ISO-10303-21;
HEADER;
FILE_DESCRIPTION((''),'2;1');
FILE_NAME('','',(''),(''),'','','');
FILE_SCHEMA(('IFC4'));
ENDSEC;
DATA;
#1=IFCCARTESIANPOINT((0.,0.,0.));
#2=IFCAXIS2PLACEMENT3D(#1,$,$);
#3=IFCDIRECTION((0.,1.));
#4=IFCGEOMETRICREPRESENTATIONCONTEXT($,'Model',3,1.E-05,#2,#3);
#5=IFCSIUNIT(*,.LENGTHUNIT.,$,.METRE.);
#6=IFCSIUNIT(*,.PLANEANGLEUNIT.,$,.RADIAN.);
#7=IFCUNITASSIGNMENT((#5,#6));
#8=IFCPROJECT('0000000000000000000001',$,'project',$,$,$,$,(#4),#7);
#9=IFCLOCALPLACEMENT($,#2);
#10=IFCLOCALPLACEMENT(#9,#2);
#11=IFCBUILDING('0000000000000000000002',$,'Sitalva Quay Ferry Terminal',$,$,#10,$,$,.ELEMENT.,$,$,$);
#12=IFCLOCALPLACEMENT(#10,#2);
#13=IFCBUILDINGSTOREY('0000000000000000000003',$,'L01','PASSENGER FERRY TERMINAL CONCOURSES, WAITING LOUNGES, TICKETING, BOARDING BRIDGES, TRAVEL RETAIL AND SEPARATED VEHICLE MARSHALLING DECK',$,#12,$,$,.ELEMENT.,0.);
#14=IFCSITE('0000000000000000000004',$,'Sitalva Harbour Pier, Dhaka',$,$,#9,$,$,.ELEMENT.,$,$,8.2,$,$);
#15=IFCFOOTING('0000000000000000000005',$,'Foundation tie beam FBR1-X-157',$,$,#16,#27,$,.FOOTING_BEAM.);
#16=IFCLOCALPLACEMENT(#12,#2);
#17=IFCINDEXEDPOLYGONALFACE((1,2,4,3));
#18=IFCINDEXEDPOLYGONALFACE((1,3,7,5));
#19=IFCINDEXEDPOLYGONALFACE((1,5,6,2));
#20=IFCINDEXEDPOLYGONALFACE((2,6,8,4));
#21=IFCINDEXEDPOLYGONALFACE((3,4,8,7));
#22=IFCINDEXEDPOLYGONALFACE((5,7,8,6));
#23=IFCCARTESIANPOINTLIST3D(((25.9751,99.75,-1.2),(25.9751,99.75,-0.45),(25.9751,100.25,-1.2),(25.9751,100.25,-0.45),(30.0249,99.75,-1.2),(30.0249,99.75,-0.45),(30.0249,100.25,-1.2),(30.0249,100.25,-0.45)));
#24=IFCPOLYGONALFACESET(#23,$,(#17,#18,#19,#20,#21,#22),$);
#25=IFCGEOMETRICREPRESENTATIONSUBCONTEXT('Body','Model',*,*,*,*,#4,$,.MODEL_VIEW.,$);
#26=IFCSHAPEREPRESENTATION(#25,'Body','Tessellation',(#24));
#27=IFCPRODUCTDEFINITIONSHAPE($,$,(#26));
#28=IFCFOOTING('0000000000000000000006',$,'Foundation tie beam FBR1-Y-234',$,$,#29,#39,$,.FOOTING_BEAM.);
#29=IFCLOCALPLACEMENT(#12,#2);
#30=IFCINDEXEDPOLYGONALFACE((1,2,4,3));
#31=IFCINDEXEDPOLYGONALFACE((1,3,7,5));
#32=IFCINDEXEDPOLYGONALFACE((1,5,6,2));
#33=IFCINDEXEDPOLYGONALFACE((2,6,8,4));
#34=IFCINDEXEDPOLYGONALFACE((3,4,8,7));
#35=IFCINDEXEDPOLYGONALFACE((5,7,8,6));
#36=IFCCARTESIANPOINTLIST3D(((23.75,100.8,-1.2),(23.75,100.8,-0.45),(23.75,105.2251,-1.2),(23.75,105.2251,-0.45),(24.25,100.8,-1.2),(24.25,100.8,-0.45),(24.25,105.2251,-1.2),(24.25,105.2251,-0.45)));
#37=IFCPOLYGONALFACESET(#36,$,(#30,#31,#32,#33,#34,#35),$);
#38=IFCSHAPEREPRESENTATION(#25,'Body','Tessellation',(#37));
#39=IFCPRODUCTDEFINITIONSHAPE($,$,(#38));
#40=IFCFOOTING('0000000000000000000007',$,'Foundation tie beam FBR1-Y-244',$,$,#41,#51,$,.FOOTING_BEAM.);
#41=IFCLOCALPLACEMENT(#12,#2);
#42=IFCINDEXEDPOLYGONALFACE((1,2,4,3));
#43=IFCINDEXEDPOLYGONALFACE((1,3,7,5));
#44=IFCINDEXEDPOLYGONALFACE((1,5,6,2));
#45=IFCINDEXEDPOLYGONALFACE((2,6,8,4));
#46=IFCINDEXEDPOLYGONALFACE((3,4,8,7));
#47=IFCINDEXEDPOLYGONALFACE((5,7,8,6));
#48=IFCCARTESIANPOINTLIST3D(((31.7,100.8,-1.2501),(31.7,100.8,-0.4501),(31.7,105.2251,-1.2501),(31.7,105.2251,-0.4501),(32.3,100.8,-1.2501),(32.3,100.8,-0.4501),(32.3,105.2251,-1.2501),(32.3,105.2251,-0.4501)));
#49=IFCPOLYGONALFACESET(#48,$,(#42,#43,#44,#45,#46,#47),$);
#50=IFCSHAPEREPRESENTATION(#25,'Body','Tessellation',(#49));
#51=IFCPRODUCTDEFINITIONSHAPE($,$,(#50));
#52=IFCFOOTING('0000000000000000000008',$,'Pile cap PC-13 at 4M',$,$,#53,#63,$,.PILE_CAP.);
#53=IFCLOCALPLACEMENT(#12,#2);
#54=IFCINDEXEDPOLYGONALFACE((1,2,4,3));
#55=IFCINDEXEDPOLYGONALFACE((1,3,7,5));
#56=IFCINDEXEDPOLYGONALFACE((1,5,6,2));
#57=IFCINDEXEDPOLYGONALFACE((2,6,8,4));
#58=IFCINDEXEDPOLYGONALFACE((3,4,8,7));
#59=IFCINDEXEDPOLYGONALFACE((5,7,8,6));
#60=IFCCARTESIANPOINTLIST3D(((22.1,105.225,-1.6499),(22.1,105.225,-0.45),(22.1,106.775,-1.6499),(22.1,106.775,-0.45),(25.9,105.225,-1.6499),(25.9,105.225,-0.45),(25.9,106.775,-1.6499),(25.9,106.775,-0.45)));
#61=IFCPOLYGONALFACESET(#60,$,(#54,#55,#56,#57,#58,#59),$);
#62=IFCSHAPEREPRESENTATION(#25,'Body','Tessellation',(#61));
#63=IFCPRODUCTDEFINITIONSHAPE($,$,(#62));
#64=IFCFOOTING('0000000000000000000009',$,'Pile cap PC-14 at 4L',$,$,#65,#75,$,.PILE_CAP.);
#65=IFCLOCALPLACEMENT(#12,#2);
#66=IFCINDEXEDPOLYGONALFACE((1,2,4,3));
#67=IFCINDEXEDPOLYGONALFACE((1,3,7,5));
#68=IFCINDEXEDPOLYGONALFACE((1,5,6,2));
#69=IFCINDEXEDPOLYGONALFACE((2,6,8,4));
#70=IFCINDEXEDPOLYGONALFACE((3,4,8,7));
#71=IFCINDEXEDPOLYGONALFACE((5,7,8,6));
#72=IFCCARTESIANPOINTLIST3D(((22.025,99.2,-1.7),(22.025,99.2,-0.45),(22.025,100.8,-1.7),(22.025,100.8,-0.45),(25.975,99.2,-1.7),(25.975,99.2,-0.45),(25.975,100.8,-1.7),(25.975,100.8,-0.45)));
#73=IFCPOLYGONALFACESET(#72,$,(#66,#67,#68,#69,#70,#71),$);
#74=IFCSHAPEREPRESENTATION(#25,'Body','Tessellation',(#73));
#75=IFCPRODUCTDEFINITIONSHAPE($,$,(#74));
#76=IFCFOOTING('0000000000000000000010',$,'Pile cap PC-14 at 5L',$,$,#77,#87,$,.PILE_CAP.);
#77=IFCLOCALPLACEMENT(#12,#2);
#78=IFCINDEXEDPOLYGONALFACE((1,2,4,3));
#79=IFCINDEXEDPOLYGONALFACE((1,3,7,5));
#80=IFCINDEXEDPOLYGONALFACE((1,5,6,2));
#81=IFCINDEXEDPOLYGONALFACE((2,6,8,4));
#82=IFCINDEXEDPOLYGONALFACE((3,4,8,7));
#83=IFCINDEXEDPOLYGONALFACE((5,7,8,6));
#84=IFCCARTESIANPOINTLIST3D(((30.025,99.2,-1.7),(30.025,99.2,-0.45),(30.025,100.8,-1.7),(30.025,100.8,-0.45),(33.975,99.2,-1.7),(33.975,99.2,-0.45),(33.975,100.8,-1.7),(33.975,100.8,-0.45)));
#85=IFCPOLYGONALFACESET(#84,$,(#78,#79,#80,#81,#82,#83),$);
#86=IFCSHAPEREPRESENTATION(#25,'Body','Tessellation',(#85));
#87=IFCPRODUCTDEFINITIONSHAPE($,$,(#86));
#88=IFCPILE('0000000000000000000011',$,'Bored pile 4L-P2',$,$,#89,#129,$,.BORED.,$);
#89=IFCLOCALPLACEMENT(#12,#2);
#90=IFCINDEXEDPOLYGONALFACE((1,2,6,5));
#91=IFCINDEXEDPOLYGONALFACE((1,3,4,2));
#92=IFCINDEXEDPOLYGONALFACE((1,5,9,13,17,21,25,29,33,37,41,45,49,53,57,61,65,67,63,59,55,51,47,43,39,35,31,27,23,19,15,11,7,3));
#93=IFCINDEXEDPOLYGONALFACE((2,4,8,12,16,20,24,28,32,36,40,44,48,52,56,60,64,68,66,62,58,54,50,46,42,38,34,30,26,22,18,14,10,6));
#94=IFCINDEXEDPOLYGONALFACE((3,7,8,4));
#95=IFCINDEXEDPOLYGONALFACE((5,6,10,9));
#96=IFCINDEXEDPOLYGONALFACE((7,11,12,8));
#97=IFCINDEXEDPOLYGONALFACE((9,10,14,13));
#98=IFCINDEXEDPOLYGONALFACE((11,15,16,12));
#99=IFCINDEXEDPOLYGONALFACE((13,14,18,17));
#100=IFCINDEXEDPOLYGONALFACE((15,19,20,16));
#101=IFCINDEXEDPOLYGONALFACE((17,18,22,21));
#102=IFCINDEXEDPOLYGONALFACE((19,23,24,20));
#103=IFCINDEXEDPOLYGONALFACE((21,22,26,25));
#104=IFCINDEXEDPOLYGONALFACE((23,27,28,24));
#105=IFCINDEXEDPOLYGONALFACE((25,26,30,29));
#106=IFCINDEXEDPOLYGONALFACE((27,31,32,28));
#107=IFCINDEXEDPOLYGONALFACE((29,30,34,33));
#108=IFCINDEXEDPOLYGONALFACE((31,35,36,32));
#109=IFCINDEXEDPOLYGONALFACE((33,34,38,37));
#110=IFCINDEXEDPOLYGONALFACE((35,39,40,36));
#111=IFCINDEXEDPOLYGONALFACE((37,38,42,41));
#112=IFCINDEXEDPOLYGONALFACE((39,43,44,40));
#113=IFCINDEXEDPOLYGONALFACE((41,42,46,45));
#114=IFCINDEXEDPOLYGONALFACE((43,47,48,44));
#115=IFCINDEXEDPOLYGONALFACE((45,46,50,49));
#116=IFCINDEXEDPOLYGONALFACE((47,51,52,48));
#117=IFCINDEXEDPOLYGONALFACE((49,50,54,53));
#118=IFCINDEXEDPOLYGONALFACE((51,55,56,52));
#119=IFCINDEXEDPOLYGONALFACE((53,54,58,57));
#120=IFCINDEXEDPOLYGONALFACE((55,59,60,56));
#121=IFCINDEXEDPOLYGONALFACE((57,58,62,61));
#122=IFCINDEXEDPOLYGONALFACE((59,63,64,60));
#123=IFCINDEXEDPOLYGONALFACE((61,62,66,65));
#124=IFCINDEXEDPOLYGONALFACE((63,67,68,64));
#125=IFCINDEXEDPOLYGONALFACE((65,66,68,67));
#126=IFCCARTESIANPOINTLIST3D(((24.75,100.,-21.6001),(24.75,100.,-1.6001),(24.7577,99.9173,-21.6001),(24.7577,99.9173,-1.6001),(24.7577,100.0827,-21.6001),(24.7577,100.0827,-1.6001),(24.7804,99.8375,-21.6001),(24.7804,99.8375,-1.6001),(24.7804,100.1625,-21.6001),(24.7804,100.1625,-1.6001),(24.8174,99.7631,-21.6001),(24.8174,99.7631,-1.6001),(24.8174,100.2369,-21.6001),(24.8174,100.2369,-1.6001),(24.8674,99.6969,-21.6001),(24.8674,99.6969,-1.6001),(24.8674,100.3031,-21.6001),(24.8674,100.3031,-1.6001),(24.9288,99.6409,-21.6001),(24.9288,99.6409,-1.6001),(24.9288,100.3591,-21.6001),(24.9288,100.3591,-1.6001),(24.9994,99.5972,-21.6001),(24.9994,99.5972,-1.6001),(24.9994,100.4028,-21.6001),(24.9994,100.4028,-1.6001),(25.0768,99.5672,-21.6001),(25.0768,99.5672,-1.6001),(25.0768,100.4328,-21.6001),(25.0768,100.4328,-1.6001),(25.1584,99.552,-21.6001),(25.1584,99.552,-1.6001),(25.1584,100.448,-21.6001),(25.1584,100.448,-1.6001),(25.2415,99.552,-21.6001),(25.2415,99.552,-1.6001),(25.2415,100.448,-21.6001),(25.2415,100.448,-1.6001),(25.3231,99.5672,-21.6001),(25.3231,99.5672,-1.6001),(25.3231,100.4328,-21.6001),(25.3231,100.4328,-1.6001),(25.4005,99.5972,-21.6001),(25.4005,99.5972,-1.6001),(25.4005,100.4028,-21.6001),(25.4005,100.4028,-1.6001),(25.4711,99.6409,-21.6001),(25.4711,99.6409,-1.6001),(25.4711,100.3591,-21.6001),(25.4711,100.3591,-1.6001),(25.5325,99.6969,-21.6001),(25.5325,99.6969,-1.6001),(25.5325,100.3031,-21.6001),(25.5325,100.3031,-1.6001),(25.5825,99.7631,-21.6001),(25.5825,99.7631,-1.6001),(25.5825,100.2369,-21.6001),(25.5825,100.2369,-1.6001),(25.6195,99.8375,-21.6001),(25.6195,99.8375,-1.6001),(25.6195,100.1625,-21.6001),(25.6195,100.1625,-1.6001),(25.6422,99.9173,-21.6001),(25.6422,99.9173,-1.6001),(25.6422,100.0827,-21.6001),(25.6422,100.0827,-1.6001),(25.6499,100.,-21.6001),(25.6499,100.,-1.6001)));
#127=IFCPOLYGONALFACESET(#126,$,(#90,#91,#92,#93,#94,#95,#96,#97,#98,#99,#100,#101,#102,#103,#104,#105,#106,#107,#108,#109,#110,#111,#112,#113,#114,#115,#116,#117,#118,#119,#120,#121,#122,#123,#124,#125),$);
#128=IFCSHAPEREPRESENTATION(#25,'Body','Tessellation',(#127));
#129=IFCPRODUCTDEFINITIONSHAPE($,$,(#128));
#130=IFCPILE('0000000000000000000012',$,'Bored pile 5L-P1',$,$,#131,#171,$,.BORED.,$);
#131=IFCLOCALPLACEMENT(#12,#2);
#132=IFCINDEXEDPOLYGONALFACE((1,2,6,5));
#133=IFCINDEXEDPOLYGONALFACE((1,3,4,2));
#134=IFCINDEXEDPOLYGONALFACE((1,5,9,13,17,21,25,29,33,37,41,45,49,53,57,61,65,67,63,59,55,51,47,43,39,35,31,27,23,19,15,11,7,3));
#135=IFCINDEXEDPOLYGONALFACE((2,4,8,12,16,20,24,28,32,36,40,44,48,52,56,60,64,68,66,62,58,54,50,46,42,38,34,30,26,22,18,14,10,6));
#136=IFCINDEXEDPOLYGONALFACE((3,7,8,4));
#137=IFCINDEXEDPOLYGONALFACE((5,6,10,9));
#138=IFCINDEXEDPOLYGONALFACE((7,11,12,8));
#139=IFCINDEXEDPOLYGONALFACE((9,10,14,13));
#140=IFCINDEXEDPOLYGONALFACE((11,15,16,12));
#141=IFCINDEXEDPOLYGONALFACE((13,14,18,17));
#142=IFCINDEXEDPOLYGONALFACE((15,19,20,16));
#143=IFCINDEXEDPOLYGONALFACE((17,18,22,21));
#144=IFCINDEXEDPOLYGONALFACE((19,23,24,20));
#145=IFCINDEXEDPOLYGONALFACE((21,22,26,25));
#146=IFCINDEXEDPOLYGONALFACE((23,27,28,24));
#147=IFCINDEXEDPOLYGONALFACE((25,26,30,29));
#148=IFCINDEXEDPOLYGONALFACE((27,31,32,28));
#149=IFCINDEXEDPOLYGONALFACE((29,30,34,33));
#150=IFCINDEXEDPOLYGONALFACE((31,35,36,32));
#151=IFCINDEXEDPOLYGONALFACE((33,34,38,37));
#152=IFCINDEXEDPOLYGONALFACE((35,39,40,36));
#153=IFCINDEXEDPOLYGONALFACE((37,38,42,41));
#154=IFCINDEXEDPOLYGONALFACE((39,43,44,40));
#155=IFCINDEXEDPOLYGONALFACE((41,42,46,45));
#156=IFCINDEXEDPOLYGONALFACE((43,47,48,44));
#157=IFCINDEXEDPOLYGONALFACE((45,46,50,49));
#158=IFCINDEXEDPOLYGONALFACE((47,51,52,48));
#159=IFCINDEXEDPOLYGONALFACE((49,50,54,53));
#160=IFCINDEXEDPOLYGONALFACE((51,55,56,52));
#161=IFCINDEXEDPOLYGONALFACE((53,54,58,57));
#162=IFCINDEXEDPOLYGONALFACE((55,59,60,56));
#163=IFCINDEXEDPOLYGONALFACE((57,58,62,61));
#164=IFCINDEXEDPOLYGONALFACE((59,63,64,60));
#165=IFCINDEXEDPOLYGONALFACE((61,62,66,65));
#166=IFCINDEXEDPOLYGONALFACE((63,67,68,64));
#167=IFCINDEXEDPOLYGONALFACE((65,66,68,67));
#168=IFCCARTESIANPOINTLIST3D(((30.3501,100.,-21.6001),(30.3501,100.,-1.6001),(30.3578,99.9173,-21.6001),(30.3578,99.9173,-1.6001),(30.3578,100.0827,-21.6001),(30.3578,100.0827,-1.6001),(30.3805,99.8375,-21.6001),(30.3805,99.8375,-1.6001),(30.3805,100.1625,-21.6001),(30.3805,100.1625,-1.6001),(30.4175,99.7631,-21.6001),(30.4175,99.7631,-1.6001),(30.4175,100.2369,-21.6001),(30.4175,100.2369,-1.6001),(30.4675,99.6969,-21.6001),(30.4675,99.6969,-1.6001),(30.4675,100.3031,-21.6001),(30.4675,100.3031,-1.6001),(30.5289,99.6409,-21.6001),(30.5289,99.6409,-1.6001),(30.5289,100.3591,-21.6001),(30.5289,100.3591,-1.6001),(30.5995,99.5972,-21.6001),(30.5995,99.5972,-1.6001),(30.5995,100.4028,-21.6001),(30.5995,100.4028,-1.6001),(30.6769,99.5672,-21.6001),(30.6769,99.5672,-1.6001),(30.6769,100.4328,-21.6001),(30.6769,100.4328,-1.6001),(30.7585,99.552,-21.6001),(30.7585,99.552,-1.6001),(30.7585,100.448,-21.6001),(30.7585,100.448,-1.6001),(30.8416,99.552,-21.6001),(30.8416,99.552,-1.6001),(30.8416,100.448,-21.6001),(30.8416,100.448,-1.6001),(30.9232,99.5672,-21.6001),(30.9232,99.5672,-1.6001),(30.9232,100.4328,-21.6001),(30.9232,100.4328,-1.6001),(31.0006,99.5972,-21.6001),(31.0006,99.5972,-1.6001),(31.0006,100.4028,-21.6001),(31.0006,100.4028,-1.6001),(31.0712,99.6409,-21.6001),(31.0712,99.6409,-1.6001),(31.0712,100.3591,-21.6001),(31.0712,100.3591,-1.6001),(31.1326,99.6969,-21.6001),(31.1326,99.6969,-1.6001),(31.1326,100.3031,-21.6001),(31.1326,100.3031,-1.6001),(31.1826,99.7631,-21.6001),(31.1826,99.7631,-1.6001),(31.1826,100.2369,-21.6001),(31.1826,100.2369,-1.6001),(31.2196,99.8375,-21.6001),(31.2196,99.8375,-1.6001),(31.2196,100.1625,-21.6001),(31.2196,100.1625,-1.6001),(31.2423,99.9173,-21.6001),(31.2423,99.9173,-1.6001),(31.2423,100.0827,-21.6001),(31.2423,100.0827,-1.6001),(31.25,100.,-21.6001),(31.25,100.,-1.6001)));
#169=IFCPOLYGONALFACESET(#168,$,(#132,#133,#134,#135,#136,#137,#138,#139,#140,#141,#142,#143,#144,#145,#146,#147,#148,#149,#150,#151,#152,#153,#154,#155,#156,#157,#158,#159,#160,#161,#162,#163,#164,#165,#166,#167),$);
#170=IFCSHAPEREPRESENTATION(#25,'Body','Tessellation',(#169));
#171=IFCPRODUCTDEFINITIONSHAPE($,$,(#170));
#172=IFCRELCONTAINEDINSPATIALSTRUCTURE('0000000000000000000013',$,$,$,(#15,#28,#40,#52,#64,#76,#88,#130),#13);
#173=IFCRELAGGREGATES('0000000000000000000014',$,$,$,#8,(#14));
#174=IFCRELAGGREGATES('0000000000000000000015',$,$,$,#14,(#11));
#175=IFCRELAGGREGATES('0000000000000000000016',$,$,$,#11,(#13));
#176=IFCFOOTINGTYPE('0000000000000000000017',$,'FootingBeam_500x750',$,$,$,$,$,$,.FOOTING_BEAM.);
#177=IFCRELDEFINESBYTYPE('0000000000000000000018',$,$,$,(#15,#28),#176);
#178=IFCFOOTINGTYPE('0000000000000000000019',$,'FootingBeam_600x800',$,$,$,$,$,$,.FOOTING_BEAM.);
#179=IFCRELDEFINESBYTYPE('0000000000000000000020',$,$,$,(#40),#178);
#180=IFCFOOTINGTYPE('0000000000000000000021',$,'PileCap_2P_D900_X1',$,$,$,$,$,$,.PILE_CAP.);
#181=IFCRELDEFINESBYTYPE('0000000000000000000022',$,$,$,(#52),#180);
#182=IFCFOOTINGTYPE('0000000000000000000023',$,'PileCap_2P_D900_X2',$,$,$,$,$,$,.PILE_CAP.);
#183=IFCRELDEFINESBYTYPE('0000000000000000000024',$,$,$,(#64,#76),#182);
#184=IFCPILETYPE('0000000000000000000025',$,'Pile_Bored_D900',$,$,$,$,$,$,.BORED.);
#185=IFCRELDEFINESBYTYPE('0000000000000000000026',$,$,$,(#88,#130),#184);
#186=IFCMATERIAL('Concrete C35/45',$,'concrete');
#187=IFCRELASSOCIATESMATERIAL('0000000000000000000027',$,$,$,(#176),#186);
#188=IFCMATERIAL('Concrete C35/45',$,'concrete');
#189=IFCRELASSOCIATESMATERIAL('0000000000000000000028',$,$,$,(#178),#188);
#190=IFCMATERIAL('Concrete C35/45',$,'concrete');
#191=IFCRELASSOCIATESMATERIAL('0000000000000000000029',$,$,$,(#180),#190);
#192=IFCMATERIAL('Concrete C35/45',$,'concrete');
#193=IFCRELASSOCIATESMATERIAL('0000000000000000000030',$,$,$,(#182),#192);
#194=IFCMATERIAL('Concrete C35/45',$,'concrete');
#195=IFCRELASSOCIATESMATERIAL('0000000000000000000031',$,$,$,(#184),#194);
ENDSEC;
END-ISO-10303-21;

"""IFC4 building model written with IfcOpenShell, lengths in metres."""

from ifc_helpers import new_model, si_unit, direction, frame, origin, origin_2d, place, context, subcontext, project, spatial, rectangle, circle, extrude, material, material_profile, profile_set, type_object, element, save


model = new_model("IFC4")

# Units and contexts
model_context = context("Model", 3, precision=1e-05, world=origin(), true_north=direction((0.0, 1.0)))
body_context = subcontext(model_context, "Body", "Model", "MODEL_VIEW")
ifc_project = project(units=[si_unit("LENGTHUNIT", "METRE"), si_unit("PLANEANGLEUNIT", "RADIAN")], contexts=[model_context])

# Site, building, storey
site_placement = place(None, origin())
site = spatial("IfcSite", under=ifc_project, at=site_placement, Name="Sitalva Harbour Pier, Dhaka", CompositionType="ELEMENT", RefElevation=8.2)
building_placement = place(site_placement, origin())
building = spatial("IfcBuilding", under=site, at=building_placement, Name="Sitalva Quay Ferry Terminal", CompositionType="ELEMENT")
storey_placement = place(building_placement, origin())
storey = spatial("IfcBuildingStorey", under=building, at=storey_placement, Name="L01", Description="PASSENGER FERRY TERMINAL CONCOURSES, WAITING LOUNGES, TICKETING, BOARDING BRIDGES, TRAVEL RETAIL AND SEPARATED VEHICLE MARSHALLING DECK", CompositionType="ELEMENT", Elevation=0.0)

# Footings
ifc_material_1 = material(Name="Concrete C35/45", Category="concrete")
ifc_material_profile_1 = material_profile(ifc_material_1, rectangle(XDim=0.5, YDim=0.75, at=origin_2d()), Name="RC500x750")
ifc_profile_set_1 = profile_set([ifc_material_profile_1], Name="Concrete C35/45")
footing_type_1 = type_object("IfcFootingType", Name="FootingBeam_500x750", PredefinedType="FOOTING_BEAM", material=ifc_profile_set_1)
footing_1_placement = place(storey_placement, frame((25.9751, 100.0, -0.825), z_axis=(1.0, 0.0, 0.0), x_axis=(0.0, 1.0, 0.0)))
element("IfcFooting", 1, at=footing_1_placement, inside=storey, type_object=footing_type_1, Name="Foundation tie beam FBR1-X-157", PredefinedType="FOOTING_BEAM", context=body_context, shape_type="SweptSolid", body=[
    extrude(rectangle(XDim=0.5, YDim=0.75, at=origin_2d()), origin(), (0.0, 0.0, 1.0), 4.0498),
])
footing_2_placement = place(storey_placement, frame((24.0, 100.8, -0.825), z_axis=(0.0, 1.0, 0.0), x_axis=(-1.0, 0.0, 0.0)))
element("IfcFooting", 2, at=footing_2_placement, inside=storey, type_object=footing_type_1, Name="Foundation tie beam FBR1-Y-234", PredefinedType="FOOTING_BEAM", context=body_context, shape_type="SweptSolid", body=[
    extrude(rectangle(XDim=0.5, YDim=0.75, at=origin_2d()), origin(), (0.0, 0.0, 1.0), 4.425),
])
ifc_material_2 = material(Name="Concrete C35/45", Category="concrete")
ifc_material_profile_2 = material_profile(ifc_material_2, rectangle(XDim=0.6001, YDim=0.8, at=origin_2d()), Name="RC600x800")
ifc_profile_set_2 = profile_set([ifc_material_profile_2], Name="Concrete C35/45")
footing_type_2 = type_object("IfcFootingType", Name="FootingBeam_600x800", PredefinedType="FOOTING_BEAM", material=ifc_profile_set_2)
footing_3_placement = place(storey_placement, frame((32.0, 100.8, -0.8501), z_axis=(0.0, 1.0, 0.0), x_axis=(-1.0, 0.0, 0.0)))
element("IfcFooting", 3, at=footing_3_placement, inside=storey, type_object=footing_type_2, Name="Foundation tie beam FBR1-Y-244", PredefinedType="FOOTING_BEAM", context=body_context, shape_type="SweptSolid", body=[
    extrude(rectangle(XDim=0.6001, YDim=0.8, at=origin_2d()), origin(), (0.0, 0.0, 1.0), 4.425),
])
ifc_material_3 = material(Name="Concrete C35/45", Category="concrete")
footing_type_3 = type_object("IfcFootingType", Name="PileCap_2P_D900_X1", PredefinedType="PILE_CAP", material=ifc_material_3)
footing_4_placement = place(storey_placement, frame((24.0, 106.0, -1.6499), z_axis=(0.0, 0.0, 1.0), x_axis=(1.0, 0.0, 0.0)))
element("IfcFooting", 4, at=footing_4_placement, inside=storey, type_object=footing_type_3, Name="Pile cap PC-13 at 4M", PredefinedType="PILE_CAP", context=body_context, shape_type="SweptSolid", body=[
    extrude(rectangle(XDim=3.8, YDim=1.55, at=origin_2d()), origin(), (0.0, 0.0, 1.0), 1.2),
])
ifc_material_4 = material(Name="Concrete C35/45", Category="concrete")
footing_type_4 = type_object("IfcFootingType", Name="PileCap_2P_D900_X2", PredefinedType="PILE_CAP", material=ifc_material_4)
for number, where, z_axis, x_axis, name in (
    (5, (24.0, 100.0, -1.7), (0.0, 0.0, 1.0), (1.0, 0.0, 0.0), "Pile cap PC-14 at 4L"),
    (6, (32.0, 100.0, -1.7), (0.0, 0.0, 1.0), (1.0, 0.0, 0.0), "Pile cap PC-14 at 5L"),
):
    element("IfcFooting", number, at=place(storey_placement, frame(where, z_axis=z_axis, x_axis=x_axis)), inside=storey, type_object=footing_type_4, Name=name, PredefinedType="PILE_CAP", context=body_context, shape_type="SweptSolid", body=[
        extrude(rectangle(XDim=3.95, YDim=1.6001, at=origin_2d()), origin(), (0.0, 0.0, 1.0), 1.25),
    ])

# Piles
ifc_material_5 = material(Name="Concrete C35/45", Category="concrete")
ifc_material_profile_3 = material_profile(ifc_material_5, circle(Radius=0.45, at=origin_2d()), Name="PILE-D900")
ifc_profile_set_3 = profile_set([ifc_material_profile_3], Name="Concrete C35/45")
pile_type = type_object("IfcPileType", Name="Pile_Bored_D900", PredefinedType="BORED", material=ifc_profile_set_3)
for number, where, z_axis, x_axis, name in (
    (7, (25.2, 100.0, -1.6001), (0.0, 0.0, -1.0), (1.0, 0.0, 0.0), "Bored pile 4L-P2"),
    (8, (30.8, 100.0, -1.6001), (0.0, 0.0, -1.0), (1.0, 0.0, 0.0), "Bored pile 5L-P1"),
):
    element("IfcPile", number, at=place(storey_placement, frame(where, z_axis=z_axis, x_axis=x_axis)), inside=storey, type_object=pile_type, Name=name, PredefinedType="BORED", context=body_context, shape_type="SweptSolid", body=[
        extrude(circle(Radius=0.45, at=origin_2d()), origin(), (0.0, 0.0, 1.0), 20.0),
    ])

save(model, "model.ifc")
